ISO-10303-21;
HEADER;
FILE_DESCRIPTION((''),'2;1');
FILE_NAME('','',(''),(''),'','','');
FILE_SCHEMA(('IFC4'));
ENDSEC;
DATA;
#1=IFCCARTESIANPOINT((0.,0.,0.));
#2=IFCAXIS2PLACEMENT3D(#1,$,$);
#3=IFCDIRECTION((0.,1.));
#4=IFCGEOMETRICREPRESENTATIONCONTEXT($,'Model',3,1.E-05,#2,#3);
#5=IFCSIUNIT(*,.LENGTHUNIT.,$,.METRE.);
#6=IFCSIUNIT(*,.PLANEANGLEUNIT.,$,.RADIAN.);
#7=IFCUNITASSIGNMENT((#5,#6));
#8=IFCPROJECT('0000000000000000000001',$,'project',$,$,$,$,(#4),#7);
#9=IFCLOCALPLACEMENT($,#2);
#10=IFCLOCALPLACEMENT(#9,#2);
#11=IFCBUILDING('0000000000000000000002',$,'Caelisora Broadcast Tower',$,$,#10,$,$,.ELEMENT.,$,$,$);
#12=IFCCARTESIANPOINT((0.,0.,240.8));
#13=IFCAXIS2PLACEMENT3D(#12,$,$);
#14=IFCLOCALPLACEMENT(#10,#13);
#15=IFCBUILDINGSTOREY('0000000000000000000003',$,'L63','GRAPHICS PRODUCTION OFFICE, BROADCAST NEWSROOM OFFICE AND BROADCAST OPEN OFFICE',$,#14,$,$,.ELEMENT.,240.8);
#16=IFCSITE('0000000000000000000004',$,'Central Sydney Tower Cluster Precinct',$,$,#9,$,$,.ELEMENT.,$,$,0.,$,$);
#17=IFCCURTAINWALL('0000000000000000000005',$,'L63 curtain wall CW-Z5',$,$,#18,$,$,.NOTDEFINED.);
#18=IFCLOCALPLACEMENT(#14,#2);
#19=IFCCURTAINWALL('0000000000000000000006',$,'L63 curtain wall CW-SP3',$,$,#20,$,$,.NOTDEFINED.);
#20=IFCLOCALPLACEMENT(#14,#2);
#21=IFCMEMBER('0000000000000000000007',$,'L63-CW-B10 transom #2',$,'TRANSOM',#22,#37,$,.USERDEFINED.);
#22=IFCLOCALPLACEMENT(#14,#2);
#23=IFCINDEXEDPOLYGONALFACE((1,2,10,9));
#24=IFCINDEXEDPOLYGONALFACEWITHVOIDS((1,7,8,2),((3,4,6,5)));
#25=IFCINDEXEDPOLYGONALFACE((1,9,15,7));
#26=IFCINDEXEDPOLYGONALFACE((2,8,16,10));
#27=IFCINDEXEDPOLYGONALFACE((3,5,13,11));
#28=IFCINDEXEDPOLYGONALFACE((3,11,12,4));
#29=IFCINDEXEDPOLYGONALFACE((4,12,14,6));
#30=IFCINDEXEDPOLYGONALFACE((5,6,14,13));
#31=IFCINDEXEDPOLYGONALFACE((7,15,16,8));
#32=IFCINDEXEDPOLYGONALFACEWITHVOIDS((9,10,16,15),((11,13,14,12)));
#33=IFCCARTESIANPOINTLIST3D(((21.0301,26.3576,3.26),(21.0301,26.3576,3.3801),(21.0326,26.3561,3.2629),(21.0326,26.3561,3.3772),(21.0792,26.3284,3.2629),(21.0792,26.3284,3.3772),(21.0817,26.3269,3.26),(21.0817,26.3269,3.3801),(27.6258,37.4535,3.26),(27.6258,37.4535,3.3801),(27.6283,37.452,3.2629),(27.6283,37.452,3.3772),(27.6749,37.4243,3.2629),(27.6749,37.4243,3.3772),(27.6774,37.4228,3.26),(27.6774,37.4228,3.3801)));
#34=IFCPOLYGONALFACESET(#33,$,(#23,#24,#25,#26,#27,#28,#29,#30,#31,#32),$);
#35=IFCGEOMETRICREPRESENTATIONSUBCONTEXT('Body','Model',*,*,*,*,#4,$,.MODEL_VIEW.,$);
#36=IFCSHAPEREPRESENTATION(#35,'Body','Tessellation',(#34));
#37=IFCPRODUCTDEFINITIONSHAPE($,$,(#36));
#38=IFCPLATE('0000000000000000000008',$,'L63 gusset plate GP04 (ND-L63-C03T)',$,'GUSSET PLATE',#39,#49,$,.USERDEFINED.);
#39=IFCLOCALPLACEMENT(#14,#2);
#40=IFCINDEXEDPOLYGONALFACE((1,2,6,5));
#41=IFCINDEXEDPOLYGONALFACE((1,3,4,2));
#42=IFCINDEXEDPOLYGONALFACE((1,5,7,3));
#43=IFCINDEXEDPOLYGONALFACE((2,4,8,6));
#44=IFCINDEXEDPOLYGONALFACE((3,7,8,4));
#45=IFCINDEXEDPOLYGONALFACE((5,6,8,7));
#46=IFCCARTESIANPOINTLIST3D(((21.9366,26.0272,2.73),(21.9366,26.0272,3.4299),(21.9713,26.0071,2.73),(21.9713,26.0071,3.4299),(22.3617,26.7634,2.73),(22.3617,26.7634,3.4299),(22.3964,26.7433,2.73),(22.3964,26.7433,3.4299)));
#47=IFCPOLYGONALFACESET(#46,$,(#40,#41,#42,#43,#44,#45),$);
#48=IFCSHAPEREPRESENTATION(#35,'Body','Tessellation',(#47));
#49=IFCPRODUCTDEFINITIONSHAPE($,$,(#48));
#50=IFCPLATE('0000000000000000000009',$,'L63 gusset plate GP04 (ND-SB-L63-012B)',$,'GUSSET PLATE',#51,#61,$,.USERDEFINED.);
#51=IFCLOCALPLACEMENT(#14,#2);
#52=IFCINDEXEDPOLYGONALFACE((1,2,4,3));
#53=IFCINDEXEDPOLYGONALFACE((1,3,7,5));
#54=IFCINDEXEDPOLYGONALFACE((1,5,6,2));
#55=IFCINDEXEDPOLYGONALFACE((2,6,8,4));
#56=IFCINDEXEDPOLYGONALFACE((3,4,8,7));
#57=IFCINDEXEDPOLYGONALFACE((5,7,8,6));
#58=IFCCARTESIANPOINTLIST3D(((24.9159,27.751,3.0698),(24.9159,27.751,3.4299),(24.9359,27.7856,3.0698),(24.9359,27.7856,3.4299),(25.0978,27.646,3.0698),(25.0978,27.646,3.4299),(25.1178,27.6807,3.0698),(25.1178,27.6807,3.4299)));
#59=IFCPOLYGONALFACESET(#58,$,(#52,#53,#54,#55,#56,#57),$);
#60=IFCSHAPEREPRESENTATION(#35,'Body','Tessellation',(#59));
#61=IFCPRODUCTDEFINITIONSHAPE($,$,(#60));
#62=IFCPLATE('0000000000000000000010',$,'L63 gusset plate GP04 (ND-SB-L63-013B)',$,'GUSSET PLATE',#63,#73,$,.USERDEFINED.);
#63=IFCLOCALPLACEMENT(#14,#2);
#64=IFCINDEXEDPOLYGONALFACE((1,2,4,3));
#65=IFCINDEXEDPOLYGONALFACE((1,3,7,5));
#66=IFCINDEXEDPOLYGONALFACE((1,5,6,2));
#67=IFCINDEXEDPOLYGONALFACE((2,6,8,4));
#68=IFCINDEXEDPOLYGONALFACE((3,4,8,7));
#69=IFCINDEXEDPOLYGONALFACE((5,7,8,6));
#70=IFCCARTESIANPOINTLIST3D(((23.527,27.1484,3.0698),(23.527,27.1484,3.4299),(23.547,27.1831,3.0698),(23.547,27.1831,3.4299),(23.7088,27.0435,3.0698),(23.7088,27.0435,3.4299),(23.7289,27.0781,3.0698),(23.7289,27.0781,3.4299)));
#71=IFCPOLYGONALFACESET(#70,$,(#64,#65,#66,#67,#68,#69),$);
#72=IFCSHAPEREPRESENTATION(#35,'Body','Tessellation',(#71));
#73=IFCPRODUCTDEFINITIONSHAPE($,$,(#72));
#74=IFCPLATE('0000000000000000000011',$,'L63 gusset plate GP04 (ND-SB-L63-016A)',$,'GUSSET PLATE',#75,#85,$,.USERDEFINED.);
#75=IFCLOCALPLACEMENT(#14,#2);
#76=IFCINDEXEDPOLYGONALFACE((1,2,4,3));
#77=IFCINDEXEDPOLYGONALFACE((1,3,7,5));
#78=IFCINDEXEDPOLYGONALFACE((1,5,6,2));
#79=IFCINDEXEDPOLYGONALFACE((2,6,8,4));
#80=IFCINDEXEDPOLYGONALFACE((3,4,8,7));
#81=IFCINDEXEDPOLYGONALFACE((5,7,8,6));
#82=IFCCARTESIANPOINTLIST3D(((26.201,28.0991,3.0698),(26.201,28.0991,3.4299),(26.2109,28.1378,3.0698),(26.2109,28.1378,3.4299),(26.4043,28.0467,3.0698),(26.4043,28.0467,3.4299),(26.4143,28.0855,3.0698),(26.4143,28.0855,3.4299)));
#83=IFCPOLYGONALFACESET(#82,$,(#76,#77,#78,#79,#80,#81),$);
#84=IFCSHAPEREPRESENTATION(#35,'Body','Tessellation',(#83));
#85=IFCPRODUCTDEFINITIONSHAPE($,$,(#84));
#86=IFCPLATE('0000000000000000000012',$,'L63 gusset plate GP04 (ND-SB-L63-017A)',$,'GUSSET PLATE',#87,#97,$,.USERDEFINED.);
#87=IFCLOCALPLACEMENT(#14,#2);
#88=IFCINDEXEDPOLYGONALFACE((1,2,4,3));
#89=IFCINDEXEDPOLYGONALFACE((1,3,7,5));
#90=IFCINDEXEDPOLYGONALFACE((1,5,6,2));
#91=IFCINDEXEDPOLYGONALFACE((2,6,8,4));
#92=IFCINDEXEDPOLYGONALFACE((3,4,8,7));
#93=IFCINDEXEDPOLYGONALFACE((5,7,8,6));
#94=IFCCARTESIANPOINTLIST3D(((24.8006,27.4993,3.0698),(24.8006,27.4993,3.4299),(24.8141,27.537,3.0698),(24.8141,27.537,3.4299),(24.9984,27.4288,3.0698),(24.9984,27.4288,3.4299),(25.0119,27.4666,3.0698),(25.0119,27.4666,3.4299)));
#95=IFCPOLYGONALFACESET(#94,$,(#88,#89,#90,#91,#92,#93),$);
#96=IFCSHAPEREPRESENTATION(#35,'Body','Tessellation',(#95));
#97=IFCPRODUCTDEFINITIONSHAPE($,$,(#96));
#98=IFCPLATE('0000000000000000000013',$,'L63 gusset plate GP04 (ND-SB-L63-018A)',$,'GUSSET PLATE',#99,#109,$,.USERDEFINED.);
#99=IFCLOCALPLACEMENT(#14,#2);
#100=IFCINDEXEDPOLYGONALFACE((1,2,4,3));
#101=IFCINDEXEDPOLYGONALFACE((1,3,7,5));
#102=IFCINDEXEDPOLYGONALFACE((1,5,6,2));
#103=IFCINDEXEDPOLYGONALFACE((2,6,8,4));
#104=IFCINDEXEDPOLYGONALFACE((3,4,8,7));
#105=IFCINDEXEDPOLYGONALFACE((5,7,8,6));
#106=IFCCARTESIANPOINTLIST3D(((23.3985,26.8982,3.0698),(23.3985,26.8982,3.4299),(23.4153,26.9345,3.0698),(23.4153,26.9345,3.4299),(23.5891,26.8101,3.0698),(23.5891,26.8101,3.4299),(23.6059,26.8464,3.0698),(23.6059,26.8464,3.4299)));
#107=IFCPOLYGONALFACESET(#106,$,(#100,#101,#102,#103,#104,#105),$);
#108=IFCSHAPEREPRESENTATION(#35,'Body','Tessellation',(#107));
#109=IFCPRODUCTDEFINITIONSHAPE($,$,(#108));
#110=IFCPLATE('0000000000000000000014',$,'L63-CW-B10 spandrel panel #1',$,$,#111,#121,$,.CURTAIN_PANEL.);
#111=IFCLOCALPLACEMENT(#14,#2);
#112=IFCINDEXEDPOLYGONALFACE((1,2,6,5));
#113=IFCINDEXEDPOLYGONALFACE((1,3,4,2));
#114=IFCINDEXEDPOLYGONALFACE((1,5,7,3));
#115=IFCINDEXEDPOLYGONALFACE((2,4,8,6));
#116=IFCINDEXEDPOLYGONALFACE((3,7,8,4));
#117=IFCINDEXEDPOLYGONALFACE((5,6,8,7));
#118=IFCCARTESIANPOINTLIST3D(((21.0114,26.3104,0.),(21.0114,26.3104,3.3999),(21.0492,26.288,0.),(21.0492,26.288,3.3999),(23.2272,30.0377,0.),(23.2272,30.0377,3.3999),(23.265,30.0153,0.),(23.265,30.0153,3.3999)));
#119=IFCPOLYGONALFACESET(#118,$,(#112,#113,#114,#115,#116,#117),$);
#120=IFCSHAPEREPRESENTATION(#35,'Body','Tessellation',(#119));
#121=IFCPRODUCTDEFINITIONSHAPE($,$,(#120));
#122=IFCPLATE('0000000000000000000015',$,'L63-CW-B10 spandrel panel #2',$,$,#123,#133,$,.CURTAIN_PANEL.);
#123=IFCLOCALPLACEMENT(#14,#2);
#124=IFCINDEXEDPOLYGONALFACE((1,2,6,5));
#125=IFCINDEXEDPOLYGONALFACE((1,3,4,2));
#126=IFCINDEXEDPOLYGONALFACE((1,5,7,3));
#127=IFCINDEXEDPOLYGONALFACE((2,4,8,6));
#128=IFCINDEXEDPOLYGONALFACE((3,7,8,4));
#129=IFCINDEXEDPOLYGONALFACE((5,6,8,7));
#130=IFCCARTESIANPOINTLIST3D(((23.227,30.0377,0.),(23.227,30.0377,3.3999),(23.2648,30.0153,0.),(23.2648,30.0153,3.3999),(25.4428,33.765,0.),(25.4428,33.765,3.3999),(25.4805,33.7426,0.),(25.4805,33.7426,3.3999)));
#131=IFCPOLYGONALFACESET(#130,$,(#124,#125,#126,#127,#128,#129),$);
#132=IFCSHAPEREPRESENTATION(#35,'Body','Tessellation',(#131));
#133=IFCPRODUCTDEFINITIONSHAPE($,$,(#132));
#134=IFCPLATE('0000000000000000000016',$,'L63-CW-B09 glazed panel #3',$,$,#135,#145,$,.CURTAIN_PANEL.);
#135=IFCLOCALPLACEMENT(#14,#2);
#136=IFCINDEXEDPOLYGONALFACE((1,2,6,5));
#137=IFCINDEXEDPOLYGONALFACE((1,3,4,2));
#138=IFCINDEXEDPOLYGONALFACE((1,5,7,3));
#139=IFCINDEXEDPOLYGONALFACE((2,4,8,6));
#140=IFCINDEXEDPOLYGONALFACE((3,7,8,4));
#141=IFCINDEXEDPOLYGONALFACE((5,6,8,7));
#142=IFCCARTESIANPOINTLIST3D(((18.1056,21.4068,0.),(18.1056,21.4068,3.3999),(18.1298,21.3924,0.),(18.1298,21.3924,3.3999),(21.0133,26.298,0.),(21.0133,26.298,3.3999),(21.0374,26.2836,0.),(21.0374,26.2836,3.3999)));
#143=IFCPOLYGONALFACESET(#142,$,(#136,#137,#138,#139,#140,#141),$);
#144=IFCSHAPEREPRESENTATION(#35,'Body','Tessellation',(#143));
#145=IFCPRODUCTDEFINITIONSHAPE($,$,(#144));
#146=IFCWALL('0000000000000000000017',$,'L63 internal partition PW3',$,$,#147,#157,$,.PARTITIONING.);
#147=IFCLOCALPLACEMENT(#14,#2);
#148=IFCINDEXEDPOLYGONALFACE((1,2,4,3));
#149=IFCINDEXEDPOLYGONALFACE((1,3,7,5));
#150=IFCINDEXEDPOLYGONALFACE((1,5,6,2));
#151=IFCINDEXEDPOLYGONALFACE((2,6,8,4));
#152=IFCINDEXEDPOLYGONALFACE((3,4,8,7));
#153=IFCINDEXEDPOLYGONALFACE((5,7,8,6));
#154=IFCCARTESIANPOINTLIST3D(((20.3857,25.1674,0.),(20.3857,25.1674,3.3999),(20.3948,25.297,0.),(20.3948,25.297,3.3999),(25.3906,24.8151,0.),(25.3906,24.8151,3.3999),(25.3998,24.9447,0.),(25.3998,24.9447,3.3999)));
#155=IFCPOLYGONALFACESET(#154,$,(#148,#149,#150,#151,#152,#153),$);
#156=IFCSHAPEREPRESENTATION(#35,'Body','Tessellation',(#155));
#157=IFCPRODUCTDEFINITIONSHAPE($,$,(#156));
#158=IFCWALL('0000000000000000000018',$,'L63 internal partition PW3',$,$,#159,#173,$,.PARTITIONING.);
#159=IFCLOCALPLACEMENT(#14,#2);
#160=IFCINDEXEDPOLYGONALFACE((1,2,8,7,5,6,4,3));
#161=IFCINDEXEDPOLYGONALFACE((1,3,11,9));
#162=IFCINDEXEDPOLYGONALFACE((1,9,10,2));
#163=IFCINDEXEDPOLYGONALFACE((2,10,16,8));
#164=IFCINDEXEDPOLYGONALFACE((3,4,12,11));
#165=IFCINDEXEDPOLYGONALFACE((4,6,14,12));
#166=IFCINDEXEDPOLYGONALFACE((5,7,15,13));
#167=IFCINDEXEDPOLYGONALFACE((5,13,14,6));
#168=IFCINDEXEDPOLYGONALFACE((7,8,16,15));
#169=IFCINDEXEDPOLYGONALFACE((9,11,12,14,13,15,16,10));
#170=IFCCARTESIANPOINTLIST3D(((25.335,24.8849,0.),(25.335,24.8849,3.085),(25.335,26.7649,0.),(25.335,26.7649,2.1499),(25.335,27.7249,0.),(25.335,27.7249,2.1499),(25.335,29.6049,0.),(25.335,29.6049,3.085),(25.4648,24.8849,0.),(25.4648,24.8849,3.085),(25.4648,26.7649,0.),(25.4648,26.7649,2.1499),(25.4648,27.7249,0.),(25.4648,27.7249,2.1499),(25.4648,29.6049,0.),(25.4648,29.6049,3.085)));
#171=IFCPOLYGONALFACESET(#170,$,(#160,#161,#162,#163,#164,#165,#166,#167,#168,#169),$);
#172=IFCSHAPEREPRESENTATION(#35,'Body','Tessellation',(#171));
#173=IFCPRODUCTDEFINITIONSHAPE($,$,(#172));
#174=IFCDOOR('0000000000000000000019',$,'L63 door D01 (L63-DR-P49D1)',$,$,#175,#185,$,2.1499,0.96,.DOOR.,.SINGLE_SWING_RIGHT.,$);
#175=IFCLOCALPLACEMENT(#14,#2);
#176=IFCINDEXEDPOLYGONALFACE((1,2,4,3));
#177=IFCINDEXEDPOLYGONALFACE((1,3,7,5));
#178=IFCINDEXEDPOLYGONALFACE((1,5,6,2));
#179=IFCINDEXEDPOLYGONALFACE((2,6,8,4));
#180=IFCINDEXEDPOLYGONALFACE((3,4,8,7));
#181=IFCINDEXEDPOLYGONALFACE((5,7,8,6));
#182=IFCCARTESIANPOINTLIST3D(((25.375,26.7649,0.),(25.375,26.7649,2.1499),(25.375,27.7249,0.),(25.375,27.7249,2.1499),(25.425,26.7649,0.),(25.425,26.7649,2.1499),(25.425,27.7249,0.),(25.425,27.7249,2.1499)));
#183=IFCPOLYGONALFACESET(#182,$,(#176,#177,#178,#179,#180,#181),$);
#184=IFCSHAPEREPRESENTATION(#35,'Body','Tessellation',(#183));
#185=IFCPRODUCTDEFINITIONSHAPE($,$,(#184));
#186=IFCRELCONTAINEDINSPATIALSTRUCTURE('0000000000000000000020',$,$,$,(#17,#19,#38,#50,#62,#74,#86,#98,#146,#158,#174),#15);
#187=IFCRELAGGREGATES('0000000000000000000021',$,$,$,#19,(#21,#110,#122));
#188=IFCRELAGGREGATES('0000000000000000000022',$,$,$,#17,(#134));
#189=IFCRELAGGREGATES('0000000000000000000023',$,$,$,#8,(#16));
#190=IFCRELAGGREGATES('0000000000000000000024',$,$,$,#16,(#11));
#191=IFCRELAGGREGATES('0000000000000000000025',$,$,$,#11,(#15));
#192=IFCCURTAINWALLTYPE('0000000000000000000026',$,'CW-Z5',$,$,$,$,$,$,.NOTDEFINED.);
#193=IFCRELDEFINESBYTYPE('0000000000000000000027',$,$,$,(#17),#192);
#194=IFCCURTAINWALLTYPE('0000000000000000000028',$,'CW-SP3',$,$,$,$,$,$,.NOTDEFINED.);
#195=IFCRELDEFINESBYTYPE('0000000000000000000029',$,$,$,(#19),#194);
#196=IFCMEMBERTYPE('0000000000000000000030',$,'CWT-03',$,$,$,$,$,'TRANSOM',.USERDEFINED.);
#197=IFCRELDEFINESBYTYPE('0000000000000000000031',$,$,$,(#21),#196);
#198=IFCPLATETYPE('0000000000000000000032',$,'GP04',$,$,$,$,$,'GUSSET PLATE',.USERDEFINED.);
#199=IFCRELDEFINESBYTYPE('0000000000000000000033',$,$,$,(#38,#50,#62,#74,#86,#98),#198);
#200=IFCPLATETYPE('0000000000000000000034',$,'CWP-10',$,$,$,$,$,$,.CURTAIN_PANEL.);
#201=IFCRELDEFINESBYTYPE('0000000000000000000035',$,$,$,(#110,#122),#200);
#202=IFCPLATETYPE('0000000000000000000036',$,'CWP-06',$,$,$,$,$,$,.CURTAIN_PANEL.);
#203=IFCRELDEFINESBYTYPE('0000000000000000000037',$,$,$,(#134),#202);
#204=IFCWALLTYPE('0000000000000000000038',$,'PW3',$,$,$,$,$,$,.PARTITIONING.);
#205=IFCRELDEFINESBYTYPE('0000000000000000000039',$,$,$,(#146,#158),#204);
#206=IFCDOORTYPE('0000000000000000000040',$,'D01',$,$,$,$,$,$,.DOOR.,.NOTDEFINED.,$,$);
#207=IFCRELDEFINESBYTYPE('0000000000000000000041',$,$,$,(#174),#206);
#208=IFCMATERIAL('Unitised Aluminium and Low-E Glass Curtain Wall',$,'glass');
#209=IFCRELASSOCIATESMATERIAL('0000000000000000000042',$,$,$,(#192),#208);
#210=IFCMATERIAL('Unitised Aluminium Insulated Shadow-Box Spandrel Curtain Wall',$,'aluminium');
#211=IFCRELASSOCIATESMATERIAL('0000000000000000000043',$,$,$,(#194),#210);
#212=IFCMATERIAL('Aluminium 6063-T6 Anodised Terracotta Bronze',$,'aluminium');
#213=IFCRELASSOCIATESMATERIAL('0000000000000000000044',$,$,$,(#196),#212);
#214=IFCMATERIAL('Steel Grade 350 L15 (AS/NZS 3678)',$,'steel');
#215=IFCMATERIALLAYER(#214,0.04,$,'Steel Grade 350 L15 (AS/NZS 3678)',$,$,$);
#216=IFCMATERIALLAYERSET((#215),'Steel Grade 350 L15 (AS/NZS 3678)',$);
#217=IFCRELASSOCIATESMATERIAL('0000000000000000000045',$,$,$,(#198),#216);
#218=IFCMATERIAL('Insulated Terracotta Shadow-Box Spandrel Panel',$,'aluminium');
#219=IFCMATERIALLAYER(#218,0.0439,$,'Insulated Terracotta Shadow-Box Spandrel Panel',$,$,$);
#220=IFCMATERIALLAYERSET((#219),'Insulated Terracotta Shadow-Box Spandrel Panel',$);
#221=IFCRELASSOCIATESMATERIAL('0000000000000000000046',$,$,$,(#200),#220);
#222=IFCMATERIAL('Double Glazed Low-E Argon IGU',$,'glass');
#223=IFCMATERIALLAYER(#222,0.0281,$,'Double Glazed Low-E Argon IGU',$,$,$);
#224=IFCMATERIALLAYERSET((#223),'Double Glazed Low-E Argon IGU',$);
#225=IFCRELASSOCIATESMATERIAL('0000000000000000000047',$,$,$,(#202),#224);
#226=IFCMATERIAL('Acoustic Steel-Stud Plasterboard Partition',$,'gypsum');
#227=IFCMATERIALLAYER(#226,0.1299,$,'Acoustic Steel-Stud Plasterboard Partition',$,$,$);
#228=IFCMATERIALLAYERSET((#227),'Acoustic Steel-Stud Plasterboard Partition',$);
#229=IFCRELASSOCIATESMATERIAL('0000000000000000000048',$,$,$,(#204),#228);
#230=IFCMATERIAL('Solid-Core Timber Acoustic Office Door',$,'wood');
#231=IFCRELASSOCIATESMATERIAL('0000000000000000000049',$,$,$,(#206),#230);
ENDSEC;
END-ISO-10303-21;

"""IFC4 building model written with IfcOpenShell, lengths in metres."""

from ifc_helpers import new_model, si_unit, direction, frame, frame_2d, origin, origin_2d, place, context, subcontext, project, spatial, rectangle, hollow_rectangle, extrude, source, transform, mapped, material, layer, layer_set, material_profile, profile_set, type_object, type_shapes, element, fill, aggregate, save


model = new_model("IFC4")

# Units and contexts
model_context = context("Model", 3, precision=1e-05, world=origin(), true_north=direction((0.0, 1.0)))
body_context = subcontext(model_context, "Body", "Model", "MODEL_VIEW")
ifc_project = project(units=[si_unit("LENGTHUNIT", "METRE"), si_unit("PLANEANGLEUNIT", "RADIAN")], contexts=[model_context])

# Site, building, storey
site_placement = place(None, origin())
site = spatial("IfcSite", under=ifc_project, at=site_placement, Name="Central Sydney Tower Cluster Precinct", CompositionType="ELEMENT", RefElevation=0.0)
building_placement = place(site_placement, origin())
building = spatial("IfcBuilding", under=site, at=building_placement, Name="Caelisora Broadcast Tower", CompositionType="ELEMENT")
storey_placement = place(building_placement, frame((0.0, 0.0, 240.8)))
storey = spatial("IfcBuildingStorey", under=building, at=storey_placement, Name="L63", Description="GRAPHICS PRODUCTION OFFICE, BROADCAST NEWSROOM OFFICE AND BROADCAST OPEN OFFICE", CompositionType="ELEMENT", Elevation=240.8)

# Shared definitions
ifc_material_1 = material(Name="Steel Grade 350 L15 (AS/NZS 3678)", Category="steel")

# Curtain wall
ifc_material_2 = material(Name="Unitised Aluminium and Low-E Glass Curtain Wall", Category="glass")
curtain_wall_type_1 = type_object("IfcCurtainWallType", Name="CW-Z5", PredefinedType="NOTDEFINED", material=ifc_material_2)
curtain_wall_1_placement = place(storey_placement, origin())
curtain_wall_1 = element("IfcCurtainWall", 1, at=curtain_wall_1_placement, inside=storey, type_object=curtain_wall_type_1, Name="L63 curtain wall CW-Z5", PredefinedType="NOTDEFINED")
ifc_material_3 = material(Name="Aluminium 6063-T6 Anodised Terracotta Bronze", Category="aluminium")

# Curtain wall, member
ifc_material_4 = material(Name="Unitised Aluminium Insulated Shadow-Box Spandrel Curtain Wall", Category="aluminium")
curtain_wall_type_2 = type_object("IfcCurtainWallType", Name="CW-SP3", PredefinedType="NOTDEFINED", material=ifc_material_4)
curtain_wall_2_placement = place(storey_placement, origin())
curtain_wall_2 = element("IfcCurtainWall", 2, at=curtain_wall_2_placement, inside=storey, type_object=curtain_wall_type_2, Name="L63 curtain wall CW-SP3", PredefinedType="NOTDEFINED")
ifc_material_profile_1 = material_profile(ifc_material_3, hollow_rectangle(XDim=0.0601, YDim=0.1201, WallThickness=0.0029, at=origin_2d()), Name="Aluminium 6063-T6 Anodised Terracotta Bronze")
ifc_profile_set_1 = profile_set([ifc_material_profile_1], Name="Aluminium 6063-T6 Anodised Terracotta Bronze")
member_type_1 = type_object("IfcMemberType", Name="CWT-03", ElementType="TRANSOM", PredefinedType="USERDEFINED", material=ifc_profile_set_1)
shared_shape_1 = source(origin(), body_context, "Body", "SweptSolid", [
    extrude(hollow_rectangle(XDim=0.0601, YDim=0.1201, WallThickness=0.0029, at=origin_2d()), origin(), (0.0, 0.0, 1.0), 12.9082),
])
type_shapes(member_type_1, [shared_shape_1])
member_1_placement = place(storey_placement, frame((21.0559, 26.3423, 3.3201), z_axis=(0.510967, 0.8596, 0.0), x_axis=(-0.8596, 0.510967, 0.0)))
member_1 = element("IfcMember", 3, at=member_1_placement, type_object=member_type_1, Name="L63-CW-B10 transom #2", ObjectType="TRANSOM", PredefinedType="USERDEFINED", context=body_context, shape_type="MappedRepresentation", body=[
    mapped(shared_shape_1, transform((0.0, 0.0, 0.0), scale=1.0)),
])

# Plates
ifc_layer_1 = layer(ifc_material_1, 0.04, Name="Steel Grade 350 L15 (AS/NZS 3678)")
ifc_layer_set_1 = layer_set([ifc_layer_1], Name="Steel Grade 350 L15 (AS/NZS 3678)")
plate_type_1 = type_object("IfcPlateType", Name="GP04", ElementType="GUSSET PLATE", PredefinedType="USERDEFINED", material=ifc_layer_set_1)
shared_shape_2 = source(origin(), body_context, "Body", "SweptSolid", [
    extrude(rectangle(XDim=0.8501, YDim=0.04, at=origin_2d()), origin(), (0.0, 0.0, 1.0), 0.7),
])
plate_1_placement = place(storey_placement, frame((22.1665, 26.3853, 2.73), z_axis=(0.0, 0.0, 1.0), x_axis=(-0.5, -0.866025, 0.0)))
element("IfcPlate", 4, at=plate_1_placement, inside=storey, type_object=plate_type_1, Name="L63 gusset plate GP04 (ND-L63-C03T)", ObjectType="GUSSET PLATE", PredefinedType="USERDEFINED", context=body_context, shape_type="MappedRepresentation", body=[
    mapped(shared_shape_2, transform((0.0, 0.0, 0.0), scale=1.0)),
])
shared_shape_3 = source(origin(), body_context, "Body", "SweptSolid", [
    extrude(rectangle(XDim=0.21, YDim=0.04, at=origin_2d()), origin(), (0.0, 0.0, 1.0), 0.3601),
])
type_shapes(plate_type_1, [shared_shape_2, shared_shape_3])
for number, where, z_axis, x_axis, name in (
    (5, (25.0168, 27.7158, 3.0698), (0.0, 0.0, 1.0), (0.866025, -0.5, 0.0), "L63 gusset plate GP04 (ND-SB-L63-012B)"),
    (6, (23.6279, 27.1133, 3.0698), (0.0, 0.0, 1.0), (0.866025, -0.5, 0.0), "L63 gusset plate GP04 (ND-SB-L63-013B)"),
    (7, (26.3076, 28.0923, 3.0698), (0.0, 0.0, 1.0), (0.968453, -0.249197, 0.0), "L63 gusset plate GP04 (ND-SB-L63-016A)"),
    (8, (24.9062, 27.4829, 3.0698), (0.0, 0.0, 1.0), (0.942057, -0.335452, 0.0), "L63 gusset plate GP04 (ND-SB-L63-017A)"),
    (9, (23.5022, 26.8723, 3.0698), (0.0, 0.0, 1.0), (0.907704, -0.419611, 0.0), "L63 gusset plate GP04 (ND-SB-L63-018A)"),
):
    element("IfcPlate", number, at=place(storey_placement, frame(where, z_axis=z_axis, x_axis=x_axis)), inside=storey, type_object=plate_type_1, Name=name, ObjectType="GUSSET PLATE", PredefinedType="USERDEFINED", context=body_context, shape_type="MappedRepresentation", body=[
        mapped(shared_shape_3, transform((0.0, 0.0, 0.0), scale=1.0)),
    ])

# Plates
ifc_material_5 = material(Name="Insulated Terracotta Shadow-Box Spandrel Panel", Category="aluminium")
ifc_layer_2 = layer(ifc_material_5, 0.0439, Name="Insulated Terracotta Shadow-Box Spandrel Panel")
ifc_layer_set_2 = layer_set([ifc_layer_2], Name="Insulated Terracotta Shadow-Box Spandrel Panel")
plate_type_2 = type_object("IfcPlateType", Name="CWP-10", PredefinedType="CURTAIN_PANEL", material=ifc_layer_set_2)
shared_shape_4 = source(origin(), body_context, "Body", "SweptSolid", [
    extrude(rectangle(XDim=4.3362, YDim=0.0439, at=origin_2d()), origin(), (0.0, 0.0, 1.0), 3.3999),
])
type_shapes(plate_type_2, [shared_shape_4])
plate_2_placement = place(storey_placement, frame((22.1382, 28.1628, 0.0), z_axis=(0.0, 0.0, 1.0), x_axis=(0.510993, 0.859585, 0.0)))
plate_2 = element("IfcPlate", 10, at=plate_2_placement, type_object=plate_type_2, Name="L63-CW-B10 spandrel panel #1", PredefinedType="CURTAIN_PANEL", context=body_context, shape_type="MappedRepresentation", body=[
    mapped(shared_shape_4, transform((0.0, 0.0, 0.0), scale=1.0)),
])
plate_3_placement = place(storey_placement, frame((24.3538, 31.8901, 0.0), z_axis=(0.0, 0.0, 1.0), x_axis=(0.510993, 0.859585, 0.0)))
plate_3 = element("IfcPlate", 11, at=plate_3_placement, type_object=plate_type_2, Name="L63-CW-B10 spandrel panel #2", PredefinedType="CURTAIN_PANEL", context=body_context, shape_type="MappedRepresentation", body=[
    mapped(shared_shape_4, transform((0.0, 0.0, 0.0), scale=1.0)),
])
aggregate(curtain_wall_2, [member_1, plate_2, plate_3])
ifc_material_6 = material(Name="Double Glazed Low-E Argon IGU", Category="glass")
ifc_layer_3 = layer(ifc_material_6, 0.0281, Name="Double Glazed Low-E Argon IGU")
ifc_layer_set_3 = layer_set([ifc_layer_3], Name="Double Glazed Low-E Argon IGU")
plate_type_3 = type_object("IfcPlateType", Name="CWP-06", PredefinedType="CURTAIN_PANEL", material=ifc_layer_set_3)
shared_shape_5 = source(origin(), body_context, "Body", "SweptSolid", [
    extrude(rectangle(XDim=5.6902, YDim=0.0281, at=origin_2d()), origin(), (0.0, 0.0, 1.0), 3.3999),
])
type_shapes(plate_type_3, [shared_shape_5])
plate_4_placement = place(storey_placement, frame((19.5715, 23.8452, 0.0), z_axis=(0.0, 0.0, 1.0), x_axis=(0.510993, 0.859585, 0.0)))
plate_4 = element("IfcPlate", 12, at=plate_4_placement, type_object=plate_type_3, Name="L63-CW-B09 glazed panel #3", PredefinedType="CURTAIN_PANEL", context=body_context, shape_type="MappedRepresentation", body=[
    mapped(shared_shape_5, transform((0.0, 0.0, 0.0), scale=1.0)),
])
aggregate(curtain_wall_1, [plate_4])

# Wall
ifc_material_7 = material(Name="Acoustic Steel-Stud Plasterboard Partition", Category="gypsum")
ifc_layer_4 = layer(ifc_material_7, 0.1299, Name="Acoustic Steel-Stud Plasterboard Partition")
ifc_layer_set_4 = layer_set([ifc_layer_4], Name="Acoustic Steel-Stud Plasterboard Partition")
wall_type = type_object("IfcWallType", Name="PW3", PredefinedType="PARTITIONING", material=ifc_layer_set_4)
wall_1_placement = place(storey_placement, frame((20.3901, 25.2322, 0.0), z_axis=(0.0, 0.0, 1.0), x_axis=(0.997532, -0.070217, 0.0)))
element("IfcWall", 13, at=wall_1_placement, inside=storey, type_object=wall_type, Name="L63 internal partition PW3", PredefinedType="PARTITIONING", context=body_context, shape_type="SweptSolid", body=[
    extrude(rectangle(XDim=5.0173, YDim=0.1299, at=frame_2d((2.5088, 0.0))), origin(), (0.0, 0.0, 1.0), 3.3999),
])

# Wall, opening, door
wall_2_placement = place(storey_placement, frame((25.3999, 24.885, 0.0), z_axis=(0.0, 0.0, 1.0), x_axis=(0.0, 1.0, 0.0)))
wall_2 = element("IfcWall", 14, at=wall_2_placement, inside=storey, type_object=wall_type, Name="L63 internal partition PW3", PredefinedType="PARTITIONING", context=body_context, shape_type="SweptSolid", body=[
    extrude(rectangle(XDim=4.72, YDim=0.1299, at=frame_2d((2.3599, 0.0))), origin(), (0.0, 0.0, 1.0), 3.085),
])
opening_placement = place(wall_2_placement, frame((1.8799, 0.0, 0.0)))
opening = element("IfcOpeningElement", 15, at=opening_placement, cuts=wall_2, PredefinedType="OPENING", context=body_context, shape_type="SweptSolid", body=[
    extrude(rectangle(XDim=0.96, YDim=2.1499, at=frame_2d((0.48, 1.075))), frame((0.0, 0.0769, 0.0), z_axis=(0.0, -1.0, 0.0), x_axis=(1.0, 0.0, 0.0)), (0.0, 0.0, 1.0), 0.1538),
])
ifc_material_8 = material(Name="Solid-Core Timber Acoustic Office Door", Category="wood")
door_type = type_object("IfcDoorType", Name="D01", OperationType="NOTDEFINED", PredefinedType="DOOR", material=ifc_material_8)
door_placement = place(opening_placement, origin())
door = element("IfcDoor", 16, at=door_placement, inside=storey, type_object=door_type, Name="L63 door D01 (L63-DR-P49D1)", OperationType="SINGLE_SWING_RIGHT", OverallHeight=2.1499, OverallWidth=0.96, PredefinedType="DOOR", context=body_context, shape_type="SweptSolid", body=[
    extrude(rectangle(XDim=0.96, YDim=2.1499, at=frame_2d((0.48, 1.075))), frame((0.0, 0.0249, 0.0), z_axis=(0.0, -1.0, 0.0), x_axis=(1.0, 0.0, 0.0)), (0.0, 0.0, 1.0), 0.05),
])
fill(opening, door)

save(model, "model.ifc")
